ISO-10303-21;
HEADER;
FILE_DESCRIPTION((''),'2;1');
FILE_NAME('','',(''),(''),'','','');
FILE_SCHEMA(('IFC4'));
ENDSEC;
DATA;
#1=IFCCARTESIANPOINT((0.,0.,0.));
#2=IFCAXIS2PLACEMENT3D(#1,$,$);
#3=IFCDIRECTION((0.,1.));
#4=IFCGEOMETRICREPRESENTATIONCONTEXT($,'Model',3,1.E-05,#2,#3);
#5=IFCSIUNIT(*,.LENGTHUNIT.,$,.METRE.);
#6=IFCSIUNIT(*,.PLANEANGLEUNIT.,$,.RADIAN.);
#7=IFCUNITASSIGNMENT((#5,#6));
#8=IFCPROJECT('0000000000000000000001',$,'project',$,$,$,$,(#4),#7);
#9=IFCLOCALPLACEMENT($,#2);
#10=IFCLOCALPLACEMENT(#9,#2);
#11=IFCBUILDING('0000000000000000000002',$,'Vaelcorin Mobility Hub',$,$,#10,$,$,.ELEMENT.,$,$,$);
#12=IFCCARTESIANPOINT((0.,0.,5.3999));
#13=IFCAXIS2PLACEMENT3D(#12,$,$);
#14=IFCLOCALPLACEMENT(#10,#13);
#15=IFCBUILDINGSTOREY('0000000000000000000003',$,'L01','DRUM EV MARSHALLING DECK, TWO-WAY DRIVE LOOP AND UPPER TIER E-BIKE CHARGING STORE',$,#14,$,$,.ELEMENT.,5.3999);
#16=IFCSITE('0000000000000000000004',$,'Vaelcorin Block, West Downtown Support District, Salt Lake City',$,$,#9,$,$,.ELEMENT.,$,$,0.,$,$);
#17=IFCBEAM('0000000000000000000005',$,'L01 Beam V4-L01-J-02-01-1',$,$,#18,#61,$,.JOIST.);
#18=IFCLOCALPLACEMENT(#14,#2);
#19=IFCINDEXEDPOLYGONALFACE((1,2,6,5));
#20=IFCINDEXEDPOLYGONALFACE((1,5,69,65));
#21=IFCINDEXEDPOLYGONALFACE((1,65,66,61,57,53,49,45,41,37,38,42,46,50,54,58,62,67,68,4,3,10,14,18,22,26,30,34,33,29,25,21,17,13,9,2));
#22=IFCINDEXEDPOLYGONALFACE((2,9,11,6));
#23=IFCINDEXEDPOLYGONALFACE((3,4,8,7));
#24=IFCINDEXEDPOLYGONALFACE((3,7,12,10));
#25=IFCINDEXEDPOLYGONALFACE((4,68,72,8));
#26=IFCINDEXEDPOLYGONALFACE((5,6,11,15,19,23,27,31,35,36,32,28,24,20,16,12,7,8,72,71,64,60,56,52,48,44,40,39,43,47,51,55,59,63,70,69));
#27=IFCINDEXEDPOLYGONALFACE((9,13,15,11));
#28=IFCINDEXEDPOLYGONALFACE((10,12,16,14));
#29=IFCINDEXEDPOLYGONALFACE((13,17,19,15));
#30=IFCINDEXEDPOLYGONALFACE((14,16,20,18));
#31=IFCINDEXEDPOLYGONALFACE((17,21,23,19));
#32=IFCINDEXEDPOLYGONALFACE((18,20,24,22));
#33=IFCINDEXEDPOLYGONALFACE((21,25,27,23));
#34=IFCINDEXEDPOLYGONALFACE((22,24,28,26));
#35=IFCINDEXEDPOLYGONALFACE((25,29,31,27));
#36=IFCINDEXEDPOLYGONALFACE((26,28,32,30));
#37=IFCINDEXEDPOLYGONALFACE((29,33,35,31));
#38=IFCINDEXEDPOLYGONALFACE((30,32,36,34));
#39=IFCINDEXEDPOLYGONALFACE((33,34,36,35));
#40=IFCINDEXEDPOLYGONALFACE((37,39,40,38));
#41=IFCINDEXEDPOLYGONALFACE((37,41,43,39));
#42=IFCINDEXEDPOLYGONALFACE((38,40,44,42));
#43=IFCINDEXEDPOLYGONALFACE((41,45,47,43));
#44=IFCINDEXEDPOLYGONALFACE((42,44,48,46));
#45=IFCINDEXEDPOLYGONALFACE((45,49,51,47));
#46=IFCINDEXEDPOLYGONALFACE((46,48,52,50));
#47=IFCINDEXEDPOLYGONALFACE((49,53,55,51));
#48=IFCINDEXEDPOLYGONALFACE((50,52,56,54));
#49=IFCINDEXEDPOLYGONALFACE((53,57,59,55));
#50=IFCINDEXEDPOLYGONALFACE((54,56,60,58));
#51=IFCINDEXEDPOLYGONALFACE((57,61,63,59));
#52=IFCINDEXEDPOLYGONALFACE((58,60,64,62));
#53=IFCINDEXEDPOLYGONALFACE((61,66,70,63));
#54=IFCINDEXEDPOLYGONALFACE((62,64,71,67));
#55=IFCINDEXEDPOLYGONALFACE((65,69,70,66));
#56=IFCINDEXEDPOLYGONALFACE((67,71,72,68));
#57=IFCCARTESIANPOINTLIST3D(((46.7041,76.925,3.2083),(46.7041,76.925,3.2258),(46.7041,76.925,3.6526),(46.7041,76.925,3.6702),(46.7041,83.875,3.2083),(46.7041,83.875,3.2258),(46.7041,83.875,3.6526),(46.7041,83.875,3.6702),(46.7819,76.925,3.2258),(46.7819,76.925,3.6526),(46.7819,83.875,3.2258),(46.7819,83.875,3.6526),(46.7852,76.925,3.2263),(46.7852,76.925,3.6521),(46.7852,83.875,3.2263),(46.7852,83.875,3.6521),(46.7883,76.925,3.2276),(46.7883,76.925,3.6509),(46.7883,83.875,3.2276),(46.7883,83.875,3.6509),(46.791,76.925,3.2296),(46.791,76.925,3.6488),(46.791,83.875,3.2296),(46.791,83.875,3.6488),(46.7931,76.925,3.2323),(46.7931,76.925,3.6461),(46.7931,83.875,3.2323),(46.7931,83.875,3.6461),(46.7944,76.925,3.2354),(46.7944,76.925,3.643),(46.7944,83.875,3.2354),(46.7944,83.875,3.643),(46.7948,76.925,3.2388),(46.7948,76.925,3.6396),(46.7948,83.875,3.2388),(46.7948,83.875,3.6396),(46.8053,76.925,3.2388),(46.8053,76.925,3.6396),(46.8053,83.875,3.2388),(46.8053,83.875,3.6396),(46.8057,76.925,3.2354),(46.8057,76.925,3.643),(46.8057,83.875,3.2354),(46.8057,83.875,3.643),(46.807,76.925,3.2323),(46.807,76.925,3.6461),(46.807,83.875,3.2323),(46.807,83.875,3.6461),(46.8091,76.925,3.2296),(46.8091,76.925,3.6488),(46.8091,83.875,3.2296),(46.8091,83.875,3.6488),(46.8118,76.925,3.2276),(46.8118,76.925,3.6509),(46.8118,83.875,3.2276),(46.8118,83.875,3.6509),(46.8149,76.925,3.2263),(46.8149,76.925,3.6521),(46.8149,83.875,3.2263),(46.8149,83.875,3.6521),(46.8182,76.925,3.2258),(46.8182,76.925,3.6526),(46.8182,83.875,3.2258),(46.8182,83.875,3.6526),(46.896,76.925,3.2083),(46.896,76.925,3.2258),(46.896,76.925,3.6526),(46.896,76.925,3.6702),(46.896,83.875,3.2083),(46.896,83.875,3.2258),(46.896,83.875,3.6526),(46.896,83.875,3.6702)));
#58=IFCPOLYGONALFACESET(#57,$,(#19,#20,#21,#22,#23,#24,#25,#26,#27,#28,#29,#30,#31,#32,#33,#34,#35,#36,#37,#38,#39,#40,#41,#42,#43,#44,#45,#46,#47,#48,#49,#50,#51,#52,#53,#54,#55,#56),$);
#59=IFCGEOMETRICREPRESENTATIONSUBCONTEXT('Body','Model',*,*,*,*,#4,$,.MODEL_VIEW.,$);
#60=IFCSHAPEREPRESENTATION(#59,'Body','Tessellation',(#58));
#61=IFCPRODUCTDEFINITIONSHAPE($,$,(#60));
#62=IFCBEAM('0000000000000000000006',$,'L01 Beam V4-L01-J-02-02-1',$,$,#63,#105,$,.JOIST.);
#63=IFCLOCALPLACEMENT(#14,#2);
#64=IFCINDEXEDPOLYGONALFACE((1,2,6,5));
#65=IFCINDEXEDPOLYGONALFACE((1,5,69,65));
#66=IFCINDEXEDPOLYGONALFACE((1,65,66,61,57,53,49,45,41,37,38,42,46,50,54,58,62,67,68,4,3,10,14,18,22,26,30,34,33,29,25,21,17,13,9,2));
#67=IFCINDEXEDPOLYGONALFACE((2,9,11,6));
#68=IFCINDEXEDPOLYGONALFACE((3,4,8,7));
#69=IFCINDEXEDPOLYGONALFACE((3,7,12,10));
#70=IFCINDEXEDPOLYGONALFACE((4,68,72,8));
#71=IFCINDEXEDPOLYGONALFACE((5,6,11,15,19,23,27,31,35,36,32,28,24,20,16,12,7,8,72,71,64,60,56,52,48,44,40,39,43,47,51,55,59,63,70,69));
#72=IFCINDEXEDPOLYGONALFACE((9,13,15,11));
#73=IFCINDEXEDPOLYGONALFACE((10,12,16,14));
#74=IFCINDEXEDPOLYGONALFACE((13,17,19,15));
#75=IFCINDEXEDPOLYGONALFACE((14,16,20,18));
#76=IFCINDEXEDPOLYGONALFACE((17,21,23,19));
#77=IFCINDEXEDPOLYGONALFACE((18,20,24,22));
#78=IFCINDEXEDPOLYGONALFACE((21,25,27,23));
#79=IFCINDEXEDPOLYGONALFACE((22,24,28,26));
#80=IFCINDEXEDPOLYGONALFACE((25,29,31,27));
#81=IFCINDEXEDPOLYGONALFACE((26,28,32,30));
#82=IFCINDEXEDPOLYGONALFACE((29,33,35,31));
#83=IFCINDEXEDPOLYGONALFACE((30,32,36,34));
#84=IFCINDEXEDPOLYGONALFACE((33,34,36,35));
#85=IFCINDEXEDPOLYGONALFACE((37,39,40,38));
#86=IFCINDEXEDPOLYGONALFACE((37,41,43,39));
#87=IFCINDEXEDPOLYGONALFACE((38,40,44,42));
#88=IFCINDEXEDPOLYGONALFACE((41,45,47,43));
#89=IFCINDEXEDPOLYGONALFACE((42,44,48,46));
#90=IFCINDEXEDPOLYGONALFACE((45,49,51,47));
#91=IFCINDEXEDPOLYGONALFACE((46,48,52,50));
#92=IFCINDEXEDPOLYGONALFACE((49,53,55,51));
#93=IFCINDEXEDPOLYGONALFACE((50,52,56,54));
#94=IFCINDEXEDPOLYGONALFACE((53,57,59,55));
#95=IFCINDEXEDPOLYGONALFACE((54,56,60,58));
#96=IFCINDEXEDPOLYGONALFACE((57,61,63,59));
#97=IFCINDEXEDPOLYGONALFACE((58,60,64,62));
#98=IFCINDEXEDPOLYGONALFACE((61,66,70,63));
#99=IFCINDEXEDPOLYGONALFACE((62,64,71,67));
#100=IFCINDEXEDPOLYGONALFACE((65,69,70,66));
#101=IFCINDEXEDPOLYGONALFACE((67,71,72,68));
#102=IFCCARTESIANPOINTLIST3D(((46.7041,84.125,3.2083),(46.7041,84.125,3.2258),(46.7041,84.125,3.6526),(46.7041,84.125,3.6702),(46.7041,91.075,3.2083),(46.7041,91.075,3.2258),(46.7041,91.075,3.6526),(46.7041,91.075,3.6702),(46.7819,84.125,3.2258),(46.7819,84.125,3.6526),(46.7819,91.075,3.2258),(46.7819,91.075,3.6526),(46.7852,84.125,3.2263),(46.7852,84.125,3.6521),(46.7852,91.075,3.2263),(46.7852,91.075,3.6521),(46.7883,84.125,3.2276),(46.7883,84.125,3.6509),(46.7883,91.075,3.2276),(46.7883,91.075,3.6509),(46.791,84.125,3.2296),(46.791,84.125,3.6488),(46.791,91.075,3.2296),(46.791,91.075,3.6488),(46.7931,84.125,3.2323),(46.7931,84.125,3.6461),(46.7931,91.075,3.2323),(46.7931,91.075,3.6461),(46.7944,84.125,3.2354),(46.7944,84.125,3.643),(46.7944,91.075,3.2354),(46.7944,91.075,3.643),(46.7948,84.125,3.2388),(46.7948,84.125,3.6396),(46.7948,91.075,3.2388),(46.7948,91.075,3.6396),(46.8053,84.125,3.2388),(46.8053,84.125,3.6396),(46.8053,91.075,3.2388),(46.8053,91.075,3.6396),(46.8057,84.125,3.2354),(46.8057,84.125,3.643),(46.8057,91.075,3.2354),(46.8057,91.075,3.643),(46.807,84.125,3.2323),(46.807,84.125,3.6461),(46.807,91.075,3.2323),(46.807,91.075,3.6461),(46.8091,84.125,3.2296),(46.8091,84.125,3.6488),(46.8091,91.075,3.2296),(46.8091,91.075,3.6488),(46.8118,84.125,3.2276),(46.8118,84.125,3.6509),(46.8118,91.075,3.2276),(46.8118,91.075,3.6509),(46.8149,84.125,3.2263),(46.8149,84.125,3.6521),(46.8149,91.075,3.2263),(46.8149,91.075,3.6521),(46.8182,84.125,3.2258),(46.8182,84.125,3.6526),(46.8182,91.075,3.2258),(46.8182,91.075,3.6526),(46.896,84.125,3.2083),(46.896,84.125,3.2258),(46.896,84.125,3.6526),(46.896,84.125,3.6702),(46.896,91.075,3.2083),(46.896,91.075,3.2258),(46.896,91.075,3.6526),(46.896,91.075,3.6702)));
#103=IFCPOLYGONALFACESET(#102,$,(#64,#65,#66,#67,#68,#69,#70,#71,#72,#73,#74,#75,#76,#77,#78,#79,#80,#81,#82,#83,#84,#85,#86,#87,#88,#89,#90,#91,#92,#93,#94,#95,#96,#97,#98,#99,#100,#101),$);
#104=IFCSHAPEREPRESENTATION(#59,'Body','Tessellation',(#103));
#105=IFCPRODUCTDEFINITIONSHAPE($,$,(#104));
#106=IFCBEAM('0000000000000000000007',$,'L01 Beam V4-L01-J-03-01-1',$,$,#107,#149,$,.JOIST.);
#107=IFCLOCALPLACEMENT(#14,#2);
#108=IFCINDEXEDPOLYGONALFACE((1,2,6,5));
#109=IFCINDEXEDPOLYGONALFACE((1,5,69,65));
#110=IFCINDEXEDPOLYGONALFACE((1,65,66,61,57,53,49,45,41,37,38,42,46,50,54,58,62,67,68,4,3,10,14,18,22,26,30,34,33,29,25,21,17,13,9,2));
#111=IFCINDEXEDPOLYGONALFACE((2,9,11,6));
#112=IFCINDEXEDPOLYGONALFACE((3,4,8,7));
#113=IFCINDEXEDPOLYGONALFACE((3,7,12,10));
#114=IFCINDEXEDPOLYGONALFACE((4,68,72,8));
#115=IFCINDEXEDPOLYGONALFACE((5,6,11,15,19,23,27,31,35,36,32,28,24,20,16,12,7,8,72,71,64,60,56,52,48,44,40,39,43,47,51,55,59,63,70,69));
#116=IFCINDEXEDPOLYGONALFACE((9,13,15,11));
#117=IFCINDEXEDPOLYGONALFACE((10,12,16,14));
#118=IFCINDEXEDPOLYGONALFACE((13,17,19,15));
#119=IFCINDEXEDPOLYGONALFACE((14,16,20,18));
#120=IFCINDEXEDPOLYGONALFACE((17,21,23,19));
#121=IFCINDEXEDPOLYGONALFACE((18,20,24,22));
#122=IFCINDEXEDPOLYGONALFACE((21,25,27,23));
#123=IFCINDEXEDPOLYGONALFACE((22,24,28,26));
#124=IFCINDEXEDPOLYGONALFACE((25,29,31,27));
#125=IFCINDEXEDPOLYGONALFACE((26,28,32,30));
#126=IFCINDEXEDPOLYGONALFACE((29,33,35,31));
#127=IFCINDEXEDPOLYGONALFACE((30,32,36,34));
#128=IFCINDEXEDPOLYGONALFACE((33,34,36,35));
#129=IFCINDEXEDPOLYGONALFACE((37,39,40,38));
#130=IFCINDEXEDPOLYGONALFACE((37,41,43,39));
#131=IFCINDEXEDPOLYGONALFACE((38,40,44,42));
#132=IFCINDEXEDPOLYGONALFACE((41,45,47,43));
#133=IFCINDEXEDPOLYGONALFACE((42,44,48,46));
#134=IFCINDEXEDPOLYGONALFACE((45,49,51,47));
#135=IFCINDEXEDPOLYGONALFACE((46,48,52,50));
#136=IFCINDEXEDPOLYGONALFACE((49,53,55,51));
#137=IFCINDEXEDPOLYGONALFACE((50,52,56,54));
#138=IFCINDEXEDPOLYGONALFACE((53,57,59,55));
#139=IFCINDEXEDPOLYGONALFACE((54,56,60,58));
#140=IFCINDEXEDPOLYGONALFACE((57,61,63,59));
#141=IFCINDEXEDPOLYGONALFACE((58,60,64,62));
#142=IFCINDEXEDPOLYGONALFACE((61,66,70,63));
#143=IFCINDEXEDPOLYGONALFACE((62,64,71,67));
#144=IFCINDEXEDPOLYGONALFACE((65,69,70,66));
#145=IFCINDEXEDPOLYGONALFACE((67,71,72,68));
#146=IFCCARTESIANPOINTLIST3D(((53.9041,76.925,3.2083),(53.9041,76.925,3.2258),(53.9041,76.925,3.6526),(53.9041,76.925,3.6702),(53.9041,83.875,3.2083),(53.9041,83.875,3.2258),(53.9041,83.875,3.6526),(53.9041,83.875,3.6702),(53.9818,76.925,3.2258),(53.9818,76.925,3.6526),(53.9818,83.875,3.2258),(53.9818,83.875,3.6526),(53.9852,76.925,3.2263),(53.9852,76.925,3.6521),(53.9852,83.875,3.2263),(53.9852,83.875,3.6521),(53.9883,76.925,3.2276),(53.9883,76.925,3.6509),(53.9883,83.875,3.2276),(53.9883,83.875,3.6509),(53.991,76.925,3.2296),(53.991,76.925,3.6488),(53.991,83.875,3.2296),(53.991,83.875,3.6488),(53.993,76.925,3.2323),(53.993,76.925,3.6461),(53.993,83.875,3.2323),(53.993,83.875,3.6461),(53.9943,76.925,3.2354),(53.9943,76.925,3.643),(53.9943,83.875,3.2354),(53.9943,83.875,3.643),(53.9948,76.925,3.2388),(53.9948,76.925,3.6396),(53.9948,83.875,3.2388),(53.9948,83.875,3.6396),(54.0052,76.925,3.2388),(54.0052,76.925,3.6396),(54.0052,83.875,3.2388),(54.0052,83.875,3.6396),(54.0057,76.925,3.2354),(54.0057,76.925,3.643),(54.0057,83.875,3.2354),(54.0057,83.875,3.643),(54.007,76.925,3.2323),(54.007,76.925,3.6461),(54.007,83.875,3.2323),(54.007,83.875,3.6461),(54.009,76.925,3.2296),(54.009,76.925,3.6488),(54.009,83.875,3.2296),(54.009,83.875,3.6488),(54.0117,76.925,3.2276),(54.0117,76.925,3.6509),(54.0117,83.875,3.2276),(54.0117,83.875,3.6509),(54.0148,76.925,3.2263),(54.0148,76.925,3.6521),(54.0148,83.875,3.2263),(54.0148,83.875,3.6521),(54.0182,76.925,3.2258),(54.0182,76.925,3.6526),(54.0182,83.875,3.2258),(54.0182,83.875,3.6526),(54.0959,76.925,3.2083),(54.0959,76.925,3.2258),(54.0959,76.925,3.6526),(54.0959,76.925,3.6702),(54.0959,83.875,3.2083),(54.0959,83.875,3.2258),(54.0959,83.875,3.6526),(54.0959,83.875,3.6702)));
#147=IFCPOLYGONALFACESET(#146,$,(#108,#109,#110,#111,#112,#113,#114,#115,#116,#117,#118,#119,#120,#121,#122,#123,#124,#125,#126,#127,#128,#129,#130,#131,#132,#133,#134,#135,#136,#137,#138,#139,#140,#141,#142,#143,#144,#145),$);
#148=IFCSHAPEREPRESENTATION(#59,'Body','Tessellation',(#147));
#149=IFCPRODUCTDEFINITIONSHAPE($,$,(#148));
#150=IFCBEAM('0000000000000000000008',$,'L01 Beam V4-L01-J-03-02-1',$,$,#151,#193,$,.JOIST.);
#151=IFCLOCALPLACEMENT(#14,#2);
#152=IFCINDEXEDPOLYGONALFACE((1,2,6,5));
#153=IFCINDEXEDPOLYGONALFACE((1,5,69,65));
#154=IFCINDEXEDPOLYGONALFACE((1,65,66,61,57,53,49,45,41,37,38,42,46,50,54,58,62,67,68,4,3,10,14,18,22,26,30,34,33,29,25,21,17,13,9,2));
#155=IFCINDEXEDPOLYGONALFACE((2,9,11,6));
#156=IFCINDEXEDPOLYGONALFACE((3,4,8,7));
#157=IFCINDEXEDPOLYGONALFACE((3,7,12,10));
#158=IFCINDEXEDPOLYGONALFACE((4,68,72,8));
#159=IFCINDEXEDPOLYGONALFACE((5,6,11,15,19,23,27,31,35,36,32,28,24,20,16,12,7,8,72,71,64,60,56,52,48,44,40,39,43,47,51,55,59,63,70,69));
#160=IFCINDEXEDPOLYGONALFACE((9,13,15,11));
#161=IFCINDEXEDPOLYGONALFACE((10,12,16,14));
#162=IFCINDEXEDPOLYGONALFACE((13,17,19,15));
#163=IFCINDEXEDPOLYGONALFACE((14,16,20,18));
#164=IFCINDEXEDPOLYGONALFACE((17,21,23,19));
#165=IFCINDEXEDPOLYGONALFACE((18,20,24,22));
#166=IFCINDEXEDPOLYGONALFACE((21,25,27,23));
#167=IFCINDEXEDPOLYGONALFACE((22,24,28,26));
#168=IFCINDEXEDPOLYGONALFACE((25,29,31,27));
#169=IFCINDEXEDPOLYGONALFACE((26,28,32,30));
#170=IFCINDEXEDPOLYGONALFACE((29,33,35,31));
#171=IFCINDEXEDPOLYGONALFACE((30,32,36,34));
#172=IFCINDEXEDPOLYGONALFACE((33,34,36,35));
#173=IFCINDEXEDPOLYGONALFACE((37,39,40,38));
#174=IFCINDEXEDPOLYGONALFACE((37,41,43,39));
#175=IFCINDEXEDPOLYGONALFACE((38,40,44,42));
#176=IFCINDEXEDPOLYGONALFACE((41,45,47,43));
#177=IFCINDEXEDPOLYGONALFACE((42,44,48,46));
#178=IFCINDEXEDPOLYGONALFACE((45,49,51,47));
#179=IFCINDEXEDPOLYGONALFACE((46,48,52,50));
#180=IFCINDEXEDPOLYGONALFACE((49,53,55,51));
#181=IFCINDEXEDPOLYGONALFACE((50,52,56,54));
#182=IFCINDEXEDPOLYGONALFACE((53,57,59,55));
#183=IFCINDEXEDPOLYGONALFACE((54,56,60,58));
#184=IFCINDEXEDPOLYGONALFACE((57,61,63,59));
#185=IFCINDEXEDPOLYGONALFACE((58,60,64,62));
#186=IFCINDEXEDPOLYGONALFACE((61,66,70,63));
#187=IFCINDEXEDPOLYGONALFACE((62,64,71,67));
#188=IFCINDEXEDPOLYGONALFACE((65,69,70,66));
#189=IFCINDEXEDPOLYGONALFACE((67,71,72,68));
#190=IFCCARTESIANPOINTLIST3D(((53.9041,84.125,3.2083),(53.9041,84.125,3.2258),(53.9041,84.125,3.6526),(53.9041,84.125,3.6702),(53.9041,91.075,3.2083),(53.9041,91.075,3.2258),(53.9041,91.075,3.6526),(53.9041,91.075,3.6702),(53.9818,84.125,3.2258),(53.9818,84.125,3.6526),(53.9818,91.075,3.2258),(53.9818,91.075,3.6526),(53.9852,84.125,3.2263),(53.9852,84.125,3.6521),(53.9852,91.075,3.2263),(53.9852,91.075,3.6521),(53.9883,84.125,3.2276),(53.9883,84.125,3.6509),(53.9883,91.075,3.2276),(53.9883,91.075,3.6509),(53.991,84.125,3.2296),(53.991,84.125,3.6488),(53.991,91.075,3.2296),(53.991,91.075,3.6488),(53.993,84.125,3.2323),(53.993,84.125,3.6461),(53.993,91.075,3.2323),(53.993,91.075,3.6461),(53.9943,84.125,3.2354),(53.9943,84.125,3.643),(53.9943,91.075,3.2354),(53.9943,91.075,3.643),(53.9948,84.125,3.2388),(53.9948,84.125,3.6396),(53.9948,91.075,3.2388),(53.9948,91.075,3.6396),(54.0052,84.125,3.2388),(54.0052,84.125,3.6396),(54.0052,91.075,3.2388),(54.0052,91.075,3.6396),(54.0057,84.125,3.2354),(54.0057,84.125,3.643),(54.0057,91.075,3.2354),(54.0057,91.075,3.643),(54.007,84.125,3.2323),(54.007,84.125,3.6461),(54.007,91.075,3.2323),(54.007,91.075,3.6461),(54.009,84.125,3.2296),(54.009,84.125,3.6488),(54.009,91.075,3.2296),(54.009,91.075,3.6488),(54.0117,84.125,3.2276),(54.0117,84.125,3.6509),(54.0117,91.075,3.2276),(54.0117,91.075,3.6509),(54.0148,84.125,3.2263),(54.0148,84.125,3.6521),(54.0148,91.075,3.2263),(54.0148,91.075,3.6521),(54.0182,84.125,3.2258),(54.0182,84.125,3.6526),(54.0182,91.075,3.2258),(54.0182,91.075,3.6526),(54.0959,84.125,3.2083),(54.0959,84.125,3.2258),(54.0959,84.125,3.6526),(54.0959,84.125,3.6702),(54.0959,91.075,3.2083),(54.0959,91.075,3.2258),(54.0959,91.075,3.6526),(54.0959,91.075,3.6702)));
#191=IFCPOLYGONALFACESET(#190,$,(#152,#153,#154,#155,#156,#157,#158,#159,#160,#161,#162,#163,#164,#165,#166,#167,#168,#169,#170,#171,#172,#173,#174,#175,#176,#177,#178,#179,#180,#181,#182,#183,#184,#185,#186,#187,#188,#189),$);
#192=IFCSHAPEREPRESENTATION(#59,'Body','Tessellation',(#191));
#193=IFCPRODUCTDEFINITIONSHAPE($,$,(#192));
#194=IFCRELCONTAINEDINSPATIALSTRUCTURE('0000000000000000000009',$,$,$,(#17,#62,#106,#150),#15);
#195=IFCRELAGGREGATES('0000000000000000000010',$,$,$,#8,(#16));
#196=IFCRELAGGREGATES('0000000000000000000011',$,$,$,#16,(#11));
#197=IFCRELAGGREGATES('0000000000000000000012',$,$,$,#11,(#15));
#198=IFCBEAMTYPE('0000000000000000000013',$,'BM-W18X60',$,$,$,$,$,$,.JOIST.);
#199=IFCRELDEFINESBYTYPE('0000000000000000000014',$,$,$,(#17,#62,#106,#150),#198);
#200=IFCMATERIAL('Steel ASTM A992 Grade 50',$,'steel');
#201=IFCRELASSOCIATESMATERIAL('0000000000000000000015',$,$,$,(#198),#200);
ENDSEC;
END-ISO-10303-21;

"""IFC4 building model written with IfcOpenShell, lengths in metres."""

from ifc_helpers import new_model, si_unit, direction, frame, origin, origin_2d, place, context, subcontext, project, spatial, i_section, extrude, material, material_profile, profile_set, type_object, element, save


model = new_model("IFC4")

# Units and contexts
model_context = context("Model", 3, precision=1e-05, world=origin(), true_north=direction((0.0, 1.0)))
body_context = subcontext(model_context, "Body", "Model", "MODEL_VIEW")
ifc_project = project(units=[si_unit("LENGTHUNIT", "METRE"), si_unit("PLANEANGLEUNIT", "RADIAN")], contexts=[model_context])

# Site, building, storey
site_placement = place(None, origin())
site = spatial("IfcSite", under=ifc_project, at=site_placement, Name="Vaelcorin Block, West Downtown Support District, Salt Lake City", CompositionType="ELEMENT", RefElevation=0.0)
building_placement = place(site_placement, origin())
building = spatial("IfcBuilding", under=site, at=building_placement, Name="Vaelcorin Mobility Hub", CompositionType="ELEMENT")
storey_placement = place(building_placement, frame((0.0, 0.0, 5.3999)))
storey = spatial("IfcBuildingStorey", under=building, at=storey_placement, Name="L01", Description="DRUM EV MARSHALLING DECK, TWO-WAY DRIVE LOOP AND UPPER TIER E-BIKE CHARGING STORE", CompositionType="ELEMENT", Elevation=5.3999)

# Shared definitions
ifc_material_1 = material(Name="Steel ASTM A992 Grade 50", Category="steel")

# Beams
ifc_material_profile_1 = material_profile(ifc_material_1, i_section(OverallWidth=0.1919, OverallDepth=0.4619, WebThickness=0.0105, FlangeThickness=0.0176, FilletRadius=0.0129, at=origin_2d()), Name="W18X60")
ifc_profile_set_1 = profile_set([ifc_material_profile_1], Name="Steel ASTM A992 Grade 50")
beam_type_1 = type_object("IfcBeamType", Name="BM-W18X60", PredefinedType="JOIST", material=ifc_profile_set_1)
for number, where, z_axis, x_axis, name in (
    (1, (46.8, 76.925, 3.4392), (0.0, 1.0, 0.0), (-1.0, 0.0, 0.0), "L01 Beam V4-L01-J-02-01-1"),
    (2, (46.8, 84.125, 3.4392), (0.0, 1.0, 0.0), (-1.0, 0.0, 0.0), "L01 Beam V4-L01-J-02-02-1"),
    (3, (54.0, 76.925, 3.4392), (0.0, 1.0, 0.0), (-1.0, 0.0, 0.0), "L01 Beam V4-L01-J-03-01-1"),
    (4, (54.0, 84.125, 3.4392), (0.0, 1.0, 0.0), (-1.0, 0.0, 0.0), "L01 Beam V4-L01-J-03-02-1"),
):
    element("IfcBeam", number, at=place(storey_placement, frame(where, z_axis=z_axis, x_axis=x_axis)), inside=storey, type_object=beam_type_1, Name=name, PredefinedType="JOIST", context=body_context, shape_type="SweptSolid", body=[
        extrude(i_section(OverallWidth=0.1919, OverallDepth=0.4619, WebThickness=0.0105, FlangeThickness=0.0176, FilletRadius=0.0129, at=origin_2d()), origin(), (0.0, 0.0, 1.0), 6.95),
    ])

save(model, "model.ifc")
